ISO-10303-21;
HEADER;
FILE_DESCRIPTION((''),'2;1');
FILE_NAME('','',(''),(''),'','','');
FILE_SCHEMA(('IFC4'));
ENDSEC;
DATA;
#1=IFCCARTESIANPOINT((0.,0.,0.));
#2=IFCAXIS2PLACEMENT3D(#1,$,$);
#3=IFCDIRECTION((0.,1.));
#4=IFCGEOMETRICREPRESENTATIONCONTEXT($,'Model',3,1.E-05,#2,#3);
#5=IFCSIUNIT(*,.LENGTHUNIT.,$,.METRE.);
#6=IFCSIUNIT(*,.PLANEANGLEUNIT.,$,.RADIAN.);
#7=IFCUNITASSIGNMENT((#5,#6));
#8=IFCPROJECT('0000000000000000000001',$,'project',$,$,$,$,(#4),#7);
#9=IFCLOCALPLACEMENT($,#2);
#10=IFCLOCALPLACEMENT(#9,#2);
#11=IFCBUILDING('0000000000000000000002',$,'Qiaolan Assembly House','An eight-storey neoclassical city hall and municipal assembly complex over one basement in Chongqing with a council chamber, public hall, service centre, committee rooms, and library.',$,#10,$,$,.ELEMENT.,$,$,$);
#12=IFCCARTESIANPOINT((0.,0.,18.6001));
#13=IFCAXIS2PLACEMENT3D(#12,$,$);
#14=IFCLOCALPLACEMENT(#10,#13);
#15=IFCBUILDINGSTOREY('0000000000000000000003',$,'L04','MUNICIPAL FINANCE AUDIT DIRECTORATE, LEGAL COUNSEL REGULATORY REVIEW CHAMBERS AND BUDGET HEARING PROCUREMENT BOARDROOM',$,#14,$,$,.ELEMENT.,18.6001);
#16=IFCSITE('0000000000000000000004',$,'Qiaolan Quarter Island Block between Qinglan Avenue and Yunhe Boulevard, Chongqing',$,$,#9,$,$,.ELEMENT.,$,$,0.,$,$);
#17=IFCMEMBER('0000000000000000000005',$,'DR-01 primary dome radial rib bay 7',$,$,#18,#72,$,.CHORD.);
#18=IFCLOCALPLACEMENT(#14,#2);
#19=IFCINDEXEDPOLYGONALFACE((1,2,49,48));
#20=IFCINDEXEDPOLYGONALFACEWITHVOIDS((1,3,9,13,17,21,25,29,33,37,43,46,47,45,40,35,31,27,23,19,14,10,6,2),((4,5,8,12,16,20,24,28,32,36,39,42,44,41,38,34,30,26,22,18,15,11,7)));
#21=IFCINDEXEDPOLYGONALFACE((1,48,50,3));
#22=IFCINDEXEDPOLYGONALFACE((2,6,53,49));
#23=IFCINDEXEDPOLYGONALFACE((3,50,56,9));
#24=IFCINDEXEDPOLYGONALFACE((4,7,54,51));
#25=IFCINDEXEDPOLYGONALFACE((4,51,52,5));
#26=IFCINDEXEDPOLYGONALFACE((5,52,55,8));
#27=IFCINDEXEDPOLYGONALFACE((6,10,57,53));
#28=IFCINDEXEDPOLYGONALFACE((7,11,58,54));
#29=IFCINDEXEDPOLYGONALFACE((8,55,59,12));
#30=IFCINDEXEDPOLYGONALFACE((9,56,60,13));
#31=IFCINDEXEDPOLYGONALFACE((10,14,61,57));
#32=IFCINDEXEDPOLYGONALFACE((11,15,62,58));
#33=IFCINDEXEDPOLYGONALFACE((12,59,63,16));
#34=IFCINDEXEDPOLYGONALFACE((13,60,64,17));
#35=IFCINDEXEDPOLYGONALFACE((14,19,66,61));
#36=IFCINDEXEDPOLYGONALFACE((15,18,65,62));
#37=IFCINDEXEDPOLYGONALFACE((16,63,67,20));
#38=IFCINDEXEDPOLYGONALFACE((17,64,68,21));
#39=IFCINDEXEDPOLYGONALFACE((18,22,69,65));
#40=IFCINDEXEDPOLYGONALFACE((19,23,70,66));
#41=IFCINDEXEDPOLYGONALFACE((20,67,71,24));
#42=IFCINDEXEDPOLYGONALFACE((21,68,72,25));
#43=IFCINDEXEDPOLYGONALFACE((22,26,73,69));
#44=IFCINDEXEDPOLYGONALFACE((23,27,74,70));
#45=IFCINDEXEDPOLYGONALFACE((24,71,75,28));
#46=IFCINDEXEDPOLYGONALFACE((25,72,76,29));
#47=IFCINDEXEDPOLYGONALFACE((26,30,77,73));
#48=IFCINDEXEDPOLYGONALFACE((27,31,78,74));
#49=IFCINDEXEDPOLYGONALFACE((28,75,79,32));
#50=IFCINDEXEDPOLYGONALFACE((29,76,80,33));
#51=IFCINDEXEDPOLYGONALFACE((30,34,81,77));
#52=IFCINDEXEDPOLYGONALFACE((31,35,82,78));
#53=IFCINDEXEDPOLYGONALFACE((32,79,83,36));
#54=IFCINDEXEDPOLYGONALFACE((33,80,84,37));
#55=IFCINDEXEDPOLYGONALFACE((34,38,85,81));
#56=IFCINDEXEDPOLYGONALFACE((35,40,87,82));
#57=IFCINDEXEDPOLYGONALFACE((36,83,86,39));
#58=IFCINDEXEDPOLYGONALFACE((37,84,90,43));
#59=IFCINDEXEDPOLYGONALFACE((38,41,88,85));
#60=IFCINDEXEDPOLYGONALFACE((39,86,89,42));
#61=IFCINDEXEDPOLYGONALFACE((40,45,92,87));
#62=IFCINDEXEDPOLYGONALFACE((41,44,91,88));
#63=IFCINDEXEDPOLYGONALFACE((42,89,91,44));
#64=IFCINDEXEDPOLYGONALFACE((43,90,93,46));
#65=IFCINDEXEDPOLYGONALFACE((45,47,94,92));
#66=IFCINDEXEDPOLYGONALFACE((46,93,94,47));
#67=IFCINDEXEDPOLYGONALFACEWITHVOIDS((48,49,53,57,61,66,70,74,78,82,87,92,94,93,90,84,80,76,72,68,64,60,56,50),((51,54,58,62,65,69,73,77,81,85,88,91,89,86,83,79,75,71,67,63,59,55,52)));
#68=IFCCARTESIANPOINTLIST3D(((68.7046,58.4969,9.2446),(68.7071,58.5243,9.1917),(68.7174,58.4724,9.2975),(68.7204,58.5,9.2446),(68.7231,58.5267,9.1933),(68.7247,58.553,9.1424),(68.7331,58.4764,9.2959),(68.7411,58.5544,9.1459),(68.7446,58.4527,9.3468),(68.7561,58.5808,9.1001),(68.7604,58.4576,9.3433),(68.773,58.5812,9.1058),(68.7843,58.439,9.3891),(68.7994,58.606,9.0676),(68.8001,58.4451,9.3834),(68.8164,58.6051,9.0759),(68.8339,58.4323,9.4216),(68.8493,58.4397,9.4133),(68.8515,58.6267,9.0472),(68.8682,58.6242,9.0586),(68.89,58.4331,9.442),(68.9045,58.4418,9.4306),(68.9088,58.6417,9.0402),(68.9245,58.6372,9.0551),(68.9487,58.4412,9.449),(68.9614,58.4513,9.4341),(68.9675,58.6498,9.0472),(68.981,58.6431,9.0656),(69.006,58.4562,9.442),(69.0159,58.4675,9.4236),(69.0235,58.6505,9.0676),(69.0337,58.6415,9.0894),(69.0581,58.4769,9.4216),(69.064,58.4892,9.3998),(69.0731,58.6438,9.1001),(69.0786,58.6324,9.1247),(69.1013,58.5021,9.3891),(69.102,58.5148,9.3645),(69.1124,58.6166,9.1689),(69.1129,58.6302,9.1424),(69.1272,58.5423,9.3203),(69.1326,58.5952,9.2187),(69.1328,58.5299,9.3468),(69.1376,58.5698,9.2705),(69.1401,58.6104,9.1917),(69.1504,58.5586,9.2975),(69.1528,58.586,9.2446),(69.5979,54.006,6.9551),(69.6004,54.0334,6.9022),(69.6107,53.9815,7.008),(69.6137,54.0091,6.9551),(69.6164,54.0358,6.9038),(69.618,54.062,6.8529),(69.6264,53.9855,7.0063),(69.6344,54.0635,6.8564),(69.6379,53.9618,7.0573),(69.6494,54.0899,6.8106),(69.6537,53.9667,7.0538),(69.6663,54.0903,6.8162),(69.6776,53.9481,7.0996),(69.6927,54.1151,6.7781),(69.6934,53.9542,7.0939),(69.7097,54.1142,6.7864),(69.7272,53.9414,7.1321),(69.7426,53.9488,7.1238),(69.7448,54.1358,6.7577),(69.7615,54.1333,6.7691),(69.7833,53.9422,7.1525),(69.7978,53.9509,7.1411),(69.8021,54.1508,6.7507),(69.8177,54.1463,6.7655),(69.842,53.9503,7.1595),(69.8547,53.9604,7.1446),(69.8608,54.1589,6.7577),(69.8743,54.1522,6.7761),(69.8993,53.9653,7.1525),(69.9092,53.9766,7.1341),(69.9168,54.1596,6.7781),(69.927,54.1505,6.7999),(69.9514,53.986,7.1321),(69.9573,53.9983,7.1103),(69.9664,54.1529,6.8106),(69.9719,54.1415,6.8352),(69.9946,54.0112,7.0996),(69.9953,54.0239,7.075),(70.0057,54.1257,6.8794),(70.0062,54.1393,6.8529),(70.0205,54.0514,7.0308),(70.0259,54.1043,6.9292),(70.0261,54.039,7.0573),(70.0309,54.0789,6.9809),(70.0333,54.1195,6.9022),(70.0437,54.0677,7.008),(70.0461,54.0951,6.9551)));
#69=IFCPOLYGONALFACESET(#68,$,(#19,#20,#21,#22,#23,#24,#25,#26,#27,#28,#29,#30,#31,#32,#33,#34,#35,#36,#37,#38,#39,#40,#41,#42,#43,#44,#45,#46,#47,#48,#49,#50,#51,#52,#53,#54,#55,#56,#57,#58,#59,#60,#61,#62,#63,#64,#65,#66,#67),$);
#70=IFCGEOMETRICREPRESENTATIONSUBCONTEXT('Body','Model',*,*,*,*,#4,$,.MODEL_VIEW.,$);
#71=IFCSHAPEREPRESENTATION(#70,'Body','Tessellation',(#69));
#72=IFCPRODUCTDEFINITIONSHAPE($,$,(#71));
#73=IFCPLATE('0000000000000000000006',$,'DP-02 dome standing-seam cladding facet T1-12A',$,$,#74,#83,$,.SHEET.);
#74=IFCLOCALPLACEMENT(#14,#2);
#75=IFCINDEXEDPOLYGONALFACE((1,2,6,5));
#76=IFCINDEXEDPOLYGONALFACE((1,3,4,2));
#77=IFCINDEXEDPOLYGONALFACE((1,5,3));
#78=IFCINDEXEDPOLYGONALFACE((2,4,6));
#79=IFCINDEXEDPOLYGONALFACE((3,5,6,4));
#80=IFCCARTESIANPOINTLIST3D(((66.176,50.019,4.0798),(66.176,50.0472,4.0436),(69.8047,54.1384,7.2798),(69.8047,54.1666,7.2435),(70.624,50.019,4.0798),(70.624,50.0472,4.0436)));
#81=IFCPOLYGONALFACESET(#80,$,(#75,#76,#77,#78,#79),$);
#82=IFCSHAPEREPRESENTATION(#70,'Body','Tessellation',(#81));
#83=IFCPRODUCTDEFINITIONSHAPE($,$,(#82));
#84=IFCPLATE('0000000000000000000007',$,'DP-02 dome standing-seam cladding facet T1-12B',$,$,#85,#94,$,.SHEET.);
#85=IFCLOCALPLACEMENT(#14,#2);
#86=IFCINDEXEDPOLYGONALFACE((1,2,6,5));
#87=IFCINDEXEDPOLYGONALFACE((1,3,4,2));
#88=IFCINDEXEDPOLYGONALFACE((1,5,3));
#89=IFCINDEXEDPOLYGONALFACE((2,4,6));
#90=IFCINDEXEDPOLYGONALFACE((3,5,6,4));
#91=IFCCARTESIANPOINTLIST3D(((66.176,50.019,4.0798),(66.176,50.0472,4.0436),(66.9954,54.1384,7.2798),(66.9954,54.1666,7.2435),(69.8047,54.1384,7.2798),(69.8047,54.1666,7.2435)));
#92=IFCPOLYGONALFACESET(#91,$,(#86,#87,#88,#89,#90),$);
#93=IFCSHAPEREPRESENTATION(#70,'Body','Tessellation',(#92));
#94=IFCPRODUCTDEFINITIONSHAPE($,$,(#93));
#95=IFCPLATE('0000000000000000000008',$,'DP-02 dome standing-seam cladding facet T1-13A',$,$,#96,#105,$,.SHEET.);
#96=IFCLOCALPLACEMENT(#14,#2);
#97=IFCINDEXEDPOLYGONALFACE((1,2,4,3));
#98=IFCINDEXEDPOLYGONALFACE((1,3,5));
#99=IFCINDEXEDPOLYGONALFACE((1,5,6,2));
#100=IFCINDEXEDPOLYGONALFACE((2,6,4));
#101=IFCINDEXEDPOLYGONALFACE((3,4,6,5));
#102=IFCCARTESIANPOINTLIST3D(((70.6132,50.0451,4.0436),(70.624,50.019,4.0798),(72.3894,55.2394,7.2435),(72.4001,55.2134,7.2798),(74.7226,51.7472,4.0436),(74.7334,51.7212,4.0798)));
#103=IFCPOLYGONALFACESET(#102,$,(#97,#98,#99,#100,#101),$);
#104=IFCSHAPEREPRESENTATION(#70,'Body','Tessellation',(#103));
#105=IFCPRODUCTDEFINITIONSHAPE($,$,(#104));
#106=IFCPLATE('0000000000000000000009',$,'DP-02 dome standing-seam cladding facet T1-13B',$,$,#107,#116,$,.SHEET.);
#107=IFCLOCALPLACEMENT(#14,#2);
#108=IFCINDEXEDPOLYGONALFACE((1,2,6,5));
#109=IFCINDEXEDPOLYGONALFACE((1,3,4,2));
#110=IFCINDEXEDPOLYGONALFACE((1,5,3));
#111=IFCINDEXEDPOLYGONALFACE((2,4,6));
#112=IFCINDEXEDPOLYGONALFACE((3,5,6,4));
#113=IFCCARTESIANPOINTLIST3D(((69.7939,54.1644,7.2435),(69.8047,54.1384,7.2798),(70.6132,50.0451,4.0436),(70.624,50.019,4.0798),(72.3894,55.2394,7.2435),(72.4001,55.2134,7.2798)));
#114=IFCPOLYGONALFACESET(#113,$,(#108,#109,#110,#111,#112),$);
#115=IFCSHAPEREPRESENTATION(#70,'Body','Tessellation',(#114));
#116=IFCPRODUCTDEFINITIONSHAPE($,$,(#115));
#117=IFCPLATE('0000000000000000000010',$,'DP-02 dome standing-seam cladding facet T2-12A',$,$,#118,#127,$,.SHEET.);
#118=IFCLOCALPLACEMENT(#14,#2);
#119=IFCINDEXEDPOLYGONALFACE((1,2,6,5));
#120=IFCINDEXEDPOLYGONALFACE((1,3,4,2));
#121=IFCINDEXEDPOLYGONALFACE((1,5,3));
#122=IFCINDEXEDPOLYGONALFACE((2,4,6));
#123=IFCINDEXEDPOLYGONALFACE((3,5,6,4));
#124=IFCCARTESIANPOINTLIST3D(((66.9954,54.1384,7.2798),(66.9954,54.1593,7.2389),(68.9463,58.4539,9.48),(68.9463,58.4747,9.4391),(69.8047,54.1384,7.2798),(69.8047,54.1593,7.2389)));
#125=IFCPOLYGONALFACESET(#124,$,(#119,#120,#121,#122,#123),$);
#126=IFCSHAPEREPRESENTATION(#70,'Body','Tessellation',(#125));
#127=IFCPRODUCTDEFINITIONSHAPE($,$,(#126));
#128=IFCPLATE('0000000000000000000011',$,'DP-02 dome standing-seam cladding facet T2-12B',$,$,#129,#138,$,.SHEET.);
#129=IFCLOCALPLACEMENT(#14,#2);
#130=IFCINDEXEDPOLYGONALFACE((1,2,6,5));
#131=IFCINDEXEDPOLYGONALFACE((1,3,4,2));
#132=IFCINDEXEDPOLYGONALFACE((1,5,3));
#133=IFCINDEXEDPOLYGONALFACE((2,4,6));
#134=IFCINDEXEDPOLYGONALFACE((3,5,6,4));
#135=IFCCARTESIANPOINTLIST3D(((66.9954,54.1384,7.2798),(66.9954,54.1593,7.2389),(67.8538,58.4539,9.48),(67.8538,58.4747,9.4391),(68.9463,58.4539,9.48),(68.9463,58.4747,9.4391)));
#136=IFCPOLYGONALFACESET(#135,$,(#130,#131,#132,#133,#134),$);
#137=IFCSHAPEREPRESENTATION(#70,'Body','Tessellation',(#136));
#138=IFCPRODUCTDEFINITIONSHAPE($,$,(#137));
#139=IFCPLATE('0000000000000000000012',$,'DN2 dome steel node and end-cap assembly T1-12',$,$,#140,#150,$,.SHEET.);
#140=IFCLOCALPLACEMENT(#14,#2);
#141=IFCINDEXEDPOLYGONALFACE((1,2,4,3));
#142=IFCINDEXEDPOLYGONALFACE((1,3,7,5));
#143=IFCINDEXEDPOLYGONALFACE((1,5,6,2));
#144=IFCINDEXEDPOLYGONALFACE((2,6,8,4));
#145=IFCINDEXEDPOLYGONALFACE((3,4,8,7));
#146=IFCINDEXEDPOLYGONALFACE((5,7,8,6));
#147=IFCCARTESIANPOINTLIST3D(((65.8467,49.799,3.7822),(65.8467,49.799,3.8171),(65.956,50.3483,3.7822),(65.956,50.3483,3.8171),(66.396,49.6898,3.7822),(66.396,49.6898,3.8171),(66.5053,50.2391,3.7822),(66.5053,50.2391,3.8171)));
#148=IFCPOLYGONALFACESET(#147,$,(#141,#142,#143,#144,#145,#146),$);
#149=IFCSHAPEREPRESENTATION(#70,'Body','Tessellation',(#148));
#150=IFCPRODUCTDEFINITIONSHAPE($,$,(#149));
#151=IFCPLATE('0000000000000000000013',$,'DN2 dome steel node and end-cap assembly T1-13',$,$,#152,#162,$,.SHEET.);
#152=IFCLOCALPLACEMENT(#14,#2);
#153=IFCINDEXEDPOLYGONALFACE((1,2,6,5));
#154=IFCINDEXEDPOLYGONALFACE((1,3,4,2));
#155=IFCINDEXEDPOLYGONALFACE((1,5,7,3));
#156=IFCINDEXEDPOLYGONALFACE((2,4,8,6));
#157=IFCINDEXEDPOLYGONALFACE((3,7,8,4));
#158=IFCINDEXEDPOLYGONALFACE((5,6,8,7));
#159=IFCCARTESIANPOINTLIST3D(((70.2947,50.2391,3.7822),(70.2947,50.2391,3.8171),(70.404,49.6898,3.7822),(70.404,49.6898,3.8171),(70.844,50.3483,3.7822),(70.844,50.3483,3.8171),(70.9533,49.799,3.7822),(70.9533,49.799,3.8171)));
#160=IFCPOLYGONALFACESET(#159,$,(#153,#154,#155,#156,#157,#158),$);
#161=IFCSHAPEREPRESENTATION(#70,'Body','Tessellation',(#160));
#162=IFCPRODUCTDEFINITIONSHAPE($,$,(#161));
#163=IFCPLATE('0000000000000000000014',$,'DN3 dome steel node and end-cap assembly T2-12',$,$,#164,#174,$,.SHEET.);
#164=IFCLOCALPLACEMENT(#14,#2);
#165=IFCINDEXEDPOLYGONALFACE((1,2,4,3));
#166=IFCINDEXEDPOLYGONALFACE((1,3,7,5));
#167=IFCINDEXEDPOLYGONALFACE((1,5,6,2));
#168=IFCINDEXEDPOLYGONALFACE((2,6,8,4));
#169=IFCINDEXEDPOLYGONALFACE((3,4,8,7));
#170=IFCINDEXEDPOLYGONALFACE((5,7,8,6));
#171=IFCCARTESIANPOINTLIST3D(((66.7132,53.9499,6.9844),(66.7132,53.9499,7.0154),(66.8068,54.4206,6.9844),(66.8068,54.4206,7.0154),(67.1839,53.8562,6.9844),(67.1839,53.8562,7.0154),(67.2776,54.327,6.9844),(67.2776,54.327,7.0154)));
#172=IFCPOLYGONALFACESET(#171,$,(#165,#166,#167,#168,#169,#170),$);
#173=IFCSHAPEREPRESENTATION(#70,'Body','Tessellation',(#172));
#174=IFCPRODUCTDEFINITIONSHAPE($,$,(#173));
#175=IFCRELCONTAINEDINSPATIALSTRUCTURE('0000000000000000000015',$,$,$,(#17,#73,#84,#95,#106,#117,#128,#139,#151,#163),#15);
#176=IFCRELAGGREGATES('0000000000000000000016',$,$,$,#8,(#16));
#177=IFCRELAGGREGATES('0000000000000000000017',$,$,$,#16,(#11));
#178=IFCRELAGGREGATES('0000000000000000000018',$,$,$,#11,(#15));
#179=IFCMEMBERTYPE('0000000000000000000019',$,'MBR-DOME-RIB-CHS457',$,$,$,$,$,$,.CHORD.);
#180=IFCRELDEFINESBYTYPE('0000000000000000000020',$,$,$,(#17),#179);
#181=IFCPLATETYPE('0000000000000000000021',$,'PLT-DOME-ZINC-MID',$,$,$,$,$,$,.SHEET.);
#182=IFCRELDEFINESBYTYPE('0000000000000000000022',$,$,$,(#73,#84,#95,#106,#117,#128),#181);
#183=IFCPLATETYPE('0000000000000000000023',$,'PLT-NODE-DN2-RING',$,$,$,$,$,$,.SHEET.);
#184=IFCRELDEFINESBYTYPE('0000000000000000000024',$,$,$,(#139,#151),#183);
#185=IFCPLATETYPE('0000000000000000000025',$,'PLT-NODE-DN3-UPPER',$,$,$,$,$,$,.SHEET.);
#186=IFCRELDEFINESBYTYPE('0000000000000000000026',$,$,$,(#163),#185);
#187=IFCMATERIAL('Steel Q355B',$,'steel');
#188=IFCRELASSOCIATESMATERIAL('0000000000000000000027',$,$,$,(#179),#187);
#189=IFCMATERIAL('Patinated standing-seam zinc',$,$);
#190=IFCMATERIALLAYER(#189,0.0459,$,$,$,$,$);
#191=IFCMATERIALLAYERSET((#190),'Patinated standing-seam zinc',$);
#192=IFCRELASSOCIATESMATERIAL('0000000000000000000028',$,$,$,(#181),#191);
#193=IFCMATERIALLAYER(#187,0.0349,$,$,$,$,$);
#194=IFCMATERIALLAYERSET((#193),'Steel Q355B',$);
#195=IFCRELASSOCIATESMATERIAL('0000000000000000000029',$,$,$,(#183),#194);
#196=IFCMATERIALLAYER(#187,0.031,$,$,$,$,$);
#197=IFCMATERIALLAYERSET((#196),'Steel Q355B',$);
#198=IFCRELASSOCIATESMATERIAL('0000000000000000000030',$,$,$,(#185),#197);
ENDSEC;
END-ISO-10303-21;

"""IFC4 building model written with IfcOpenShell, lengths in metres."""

from ifc_helpers import new_model, si_unit, direction, frame, origin, origin_2d, place, context, subcontext, project, spatial, polyline, rectangle, hollow_circle, outline, extrude, material, layer, layer_set, material_profile, profile_set, type_object, element, save


model = new_model("IFC4")

# Units and contexts
model_context = context("Model", 3, precision=1e-05, world=origin(), true_north=direction((0.0, 1.0)))
body_context = subcontext(model_context, "Body", "Model", "MODEL_VIEW")
ifc_project = project(units=[si_unit("LENGTHUNIT", "METRE"), si_unit("PLANEANGLEUNIT", "RADIAN")], contexts=[model_context])

# Site, building, storey
site_placement = place(None, origin())
site = spatial("IfcSite", under=ifc_project, at=site_placement, Name="Qiaolan Quarter Island Block between Qinglan Avenue and Yunhe Boulevard, Chongqing", CompositionType="ELEMENT", RefElevation=0.0)
building_placement = place(site_placement, origin())
building = spatial("IfcBuilding", under=site, at=building_placement, Name="Qiaolan Assembly House", Description="An eight-storey neoclassical city hall and municipal assembly complex over one basement in Chongqing with a council chamber, public hall, service centre, committee rooms, and library.", CompositionType="ELEMENT")
storey_placement = place(building_placement, frame((0.0, 0.0, 18.6001)))
storey = spatial("IfcBuildingStorey", under=building, at=storey_placement, Name="L04", Description="MUNICIPAL FINANCE AUDIT DIRECTORATE, LEGAL COUNSEL REGULATORY REVIEW CHAMBERS AND BUDGET HEARING PROCUREMENT BOARDROOM", CompositionType="ELEMENT", Elevation=18.6001)

# Shared definitions
ifc_material_1 = material(Name="Steel Q355B", Category="steel")

# Member
ifc_material_profile_1 = material_profile(ifc_material_1, hollow_circle(Radius=0.2285, WallThickness=0.0161, at=origin_2d()), Name="CHS 457x16")
ifc_profile_set_1 = profile_set([ifc_material_profile_1], Name="Steel Q355B")
member_type_1 = type_object("IfcMemberType", Name="MBR-DOME-RIB-CHS457", PredefinedType="CHORD", material=ifc_profile_set_1)
member_1_placement = place(storey_placement, frame((69.822, 54.0505, 6.9551), z_axis=(-0.174493, 0.877235, 0.447225), x_axis=(-0.980785, -0.195091, 0.0)))
element("IfcMember", 1, at=member_1_placement, inside=storey, type_object=member_type_1, Name="DR-01 primary dome radial rib bay 7", PredefinedType="CHORD", context=body_context, shape_type="SweptSolid", body=[
    extrude(hollow_circle(Radius=0.2285, WallThickness=0.0161, at=origin_2d()), origin(), (0.0, 0.0, 1.0), 5.1194),
])

# Plates
ifc_material_2 = material(Name="Patinated standing-seam zinc")
ifc_layer_1 = layer(ifc_material_2, 0.0459)
ifc_layer_set_1 = layer_set([ifc_layer_1], Name="Patinated standing-seam zinc")
plate_type_1 = type_object("IfcPlateType", Name="PLT-DOME-ZINC-MID", PredefinedType="SHEET", material=ifc_layer_set_1)
plate_1_placement = place(storey_placement, frame((66.176, 50.019, 4.0798), z_axis=(0.0, -0.613461, 0.789725), x_axis=(1.0, 0.0, 0.0)))
element("IfcPlate", 2, at=plate_1_placement, inside=storey, type_object=plate_type_1, Name="DP-02 dome standing-seam cladding facet T1-12A", PredefinedType="SHEET", context=body_context, shape_type="SweptSolid", body=[
    extrude(outline(polyline([(0.0, 0.0), (4.448, 0.0), (3.6287, 5.2162), (0.0, 0.0)])), origin(), (0.0, 0.0, -1.0), 0.0459),
])
plate_2_placement = place(storey_placement, frame((66.176, 50.019, 4.0798), z_axis=(0.0, -0.613461, 0.789725), x_axis=(0.571063, 0.64829, 0.503594)))
element("IfcPlate", 3, at=plate_2_placement, inside=storey, type_object=plate_type_1, Name="DP-02 dome standing-seam cladding facet T1-12B", PredefinedType="SHEET", context=body_context, shape_type="SweptSolid", body=[
    extrude(outline(polyline([(0.0, 0.0), (6.3542, 0.0), (4.7499, 2.3062), (0.0, 0.0)])), origin(), (0.0, 0.0, -1.0), 0.0459),
])
plate_3_placement = place(storey_placement, frame((70.624, 50.019, 4.0798), z_axis=(0.234765, -0.566776, 0.789716), x_axis=(0.92388, 0.382681, 0.0)))
element("IfcPlate", 4, at=plate_3_placement, inside=storey, type_object=plate_type_1, Name="DP-02 dome standing-seam cladding facet T1-13A", PredefinedType="SHEET", context=body_context, shape_type="SweptSolid", body=[
    extrude(outline(polyline([(0.0, 0.0), (4.448, 0.0), (3.6287, 5.2161), (0.0, 0.0)])), origin(), (0.0, 0.0, -1.0), 0.0459),
])
plate_4_placement = place(storey_placement, frame((70.624, 50.019, 4.0798), z_axis=(0.234738, -0.566773, 0.789726), x_axis=(0.279521, 0.817469, 0.503599)))
element("IfcPlate", 5, at=plate_4_placement, inside=storey, type_object=plate_type_1, Name="DP-02 dome standing-seam cladding facet T1-13B", PredefinedType="SHEET", context=body_context, shape_type="SweptSolid", body=[
    extrude(outline(polyline([(0.0, 0.0), (6.3542, 0.0), (4.7499, 2.3062), (0.0, 0.0)])), origin(), (0.0, 0.0, -1.0), 0.0459),
])
plate_5_placement = place(storey_placement, frame((66.9954, 54.1384, 7.2798), z_axis=(0.0, -0.454216, 0.890892), x_axis=(1.0, 0.0, 0.0)))
element("IfcPlate", 6, at=plate_5_placement, inside=storey, type_object=plate_type_1, Name="DP-02 dome standing-seam cladding facet T2-12A", PredefinedType="SHEET", context=body_context, shape_type="SweptSolid", body=[
    extrude(outline(polyline([(0.0, 0.0), (2.8093, 0.0), (1.9509, 4.8439), (0.0, 0.0)])), origin(), (0.0, 0.0, -1.0), 0.0459),
])
plate_6_placement = place(storey_placement, frame((66.9954, 54.1384, 7.2798), z_axis=(0.0, -0.454216, 0.890892), x_axis=(0.373594, 0.826385, 0.421327)))
element("IfcPlate", 7, at=plate_6_placement, inside=storey, type_object=plate_type_1, Name="DP-02 dome standing-seam cladding facet T2-12B", PredefinedType="SHEET", context=body_context, shape_type="SweptSolid", body=[
    extrude(outline(polyline([(0.0, 0.0), (5.2221, 0.0), (4.8139, 1.0134), (0.0, 0.0)])), origin(), (0.0, 0.0, -1.0), 0.0459),
])
ifc_layer_2 = layer(ifc_material_1, 0.0349)
ifc_layer_set_2 = layer_set([ifc_layer_2], Name="Steel Q355B")
plate_type_2 = type_object("IfcPlateType", Name="PLT-NODE-DN2-RING", PredefinedType="SHEET", material=ifc_layer_set_2)
for number, where, z_axis, x_axis, name in (
    (8, (66.176, 50.019, 3.7822), (0.0, 0.0, 1.0), (-0.19509, -0.980785, 0.0), "DN2 dome steel node and end-cap assembly T1-12"),
    (9, (70.624, 50.019, 3.7822), (0.0, 0.0, 1.0), (0.19509, -0.980785, 0.0), "DN2 dome steel node and end-cap assembly T1-13"),
):
    element("IfcPlate", number, at=place(storey_placement, frame(where, z_axis=z_axis, x_axis=x_axis)), inside=storey, type_object=plate_type_2, Name=name, PredefinedType="SHEET", context=body_context, shape_type="SweptSolid", body=[
        extrude(rectangle(XDim=0.5601, YDim=0.5601, at=origin_2d()), origin(), (0.0, 0.0, 1.0), 0.0349),
    ])
ifc_layer_3 = layer(ifc_material_1, 0.031)
ifc_layer_set_3 = layer_set([ifc_layer_3], Name="Steel Q355B")
plate_type_3 = type_object("IfcPlateType", Name="PLT-NODE-DN3-UPPER", PredefinedType="SHEET", material=ifc_layer_set_3)
plate_7_placement = place(storey_placement, frame((66.9954, 54.1384, 6.9844), z_axis=(0.0, 0.0, 1.0), x_axis=(-0.19509, -0.980785, 0.0)))
element("IfcPlate", 10, at=plate_7_placement, inside=storey, type_object=plate_type_3, Name="DN3 dome steel node and end-cap assembly T2-12", PredefinedType="SHEET", context=body_context, shape_type="SweptSolid", body=[
    extrude(rectangle(XDim=0.48, YDim=0.48, at=origin_2d()), origin(), (0.0, 0.0, 1.0), 0.031),
])

save(model, "model.ifc")
